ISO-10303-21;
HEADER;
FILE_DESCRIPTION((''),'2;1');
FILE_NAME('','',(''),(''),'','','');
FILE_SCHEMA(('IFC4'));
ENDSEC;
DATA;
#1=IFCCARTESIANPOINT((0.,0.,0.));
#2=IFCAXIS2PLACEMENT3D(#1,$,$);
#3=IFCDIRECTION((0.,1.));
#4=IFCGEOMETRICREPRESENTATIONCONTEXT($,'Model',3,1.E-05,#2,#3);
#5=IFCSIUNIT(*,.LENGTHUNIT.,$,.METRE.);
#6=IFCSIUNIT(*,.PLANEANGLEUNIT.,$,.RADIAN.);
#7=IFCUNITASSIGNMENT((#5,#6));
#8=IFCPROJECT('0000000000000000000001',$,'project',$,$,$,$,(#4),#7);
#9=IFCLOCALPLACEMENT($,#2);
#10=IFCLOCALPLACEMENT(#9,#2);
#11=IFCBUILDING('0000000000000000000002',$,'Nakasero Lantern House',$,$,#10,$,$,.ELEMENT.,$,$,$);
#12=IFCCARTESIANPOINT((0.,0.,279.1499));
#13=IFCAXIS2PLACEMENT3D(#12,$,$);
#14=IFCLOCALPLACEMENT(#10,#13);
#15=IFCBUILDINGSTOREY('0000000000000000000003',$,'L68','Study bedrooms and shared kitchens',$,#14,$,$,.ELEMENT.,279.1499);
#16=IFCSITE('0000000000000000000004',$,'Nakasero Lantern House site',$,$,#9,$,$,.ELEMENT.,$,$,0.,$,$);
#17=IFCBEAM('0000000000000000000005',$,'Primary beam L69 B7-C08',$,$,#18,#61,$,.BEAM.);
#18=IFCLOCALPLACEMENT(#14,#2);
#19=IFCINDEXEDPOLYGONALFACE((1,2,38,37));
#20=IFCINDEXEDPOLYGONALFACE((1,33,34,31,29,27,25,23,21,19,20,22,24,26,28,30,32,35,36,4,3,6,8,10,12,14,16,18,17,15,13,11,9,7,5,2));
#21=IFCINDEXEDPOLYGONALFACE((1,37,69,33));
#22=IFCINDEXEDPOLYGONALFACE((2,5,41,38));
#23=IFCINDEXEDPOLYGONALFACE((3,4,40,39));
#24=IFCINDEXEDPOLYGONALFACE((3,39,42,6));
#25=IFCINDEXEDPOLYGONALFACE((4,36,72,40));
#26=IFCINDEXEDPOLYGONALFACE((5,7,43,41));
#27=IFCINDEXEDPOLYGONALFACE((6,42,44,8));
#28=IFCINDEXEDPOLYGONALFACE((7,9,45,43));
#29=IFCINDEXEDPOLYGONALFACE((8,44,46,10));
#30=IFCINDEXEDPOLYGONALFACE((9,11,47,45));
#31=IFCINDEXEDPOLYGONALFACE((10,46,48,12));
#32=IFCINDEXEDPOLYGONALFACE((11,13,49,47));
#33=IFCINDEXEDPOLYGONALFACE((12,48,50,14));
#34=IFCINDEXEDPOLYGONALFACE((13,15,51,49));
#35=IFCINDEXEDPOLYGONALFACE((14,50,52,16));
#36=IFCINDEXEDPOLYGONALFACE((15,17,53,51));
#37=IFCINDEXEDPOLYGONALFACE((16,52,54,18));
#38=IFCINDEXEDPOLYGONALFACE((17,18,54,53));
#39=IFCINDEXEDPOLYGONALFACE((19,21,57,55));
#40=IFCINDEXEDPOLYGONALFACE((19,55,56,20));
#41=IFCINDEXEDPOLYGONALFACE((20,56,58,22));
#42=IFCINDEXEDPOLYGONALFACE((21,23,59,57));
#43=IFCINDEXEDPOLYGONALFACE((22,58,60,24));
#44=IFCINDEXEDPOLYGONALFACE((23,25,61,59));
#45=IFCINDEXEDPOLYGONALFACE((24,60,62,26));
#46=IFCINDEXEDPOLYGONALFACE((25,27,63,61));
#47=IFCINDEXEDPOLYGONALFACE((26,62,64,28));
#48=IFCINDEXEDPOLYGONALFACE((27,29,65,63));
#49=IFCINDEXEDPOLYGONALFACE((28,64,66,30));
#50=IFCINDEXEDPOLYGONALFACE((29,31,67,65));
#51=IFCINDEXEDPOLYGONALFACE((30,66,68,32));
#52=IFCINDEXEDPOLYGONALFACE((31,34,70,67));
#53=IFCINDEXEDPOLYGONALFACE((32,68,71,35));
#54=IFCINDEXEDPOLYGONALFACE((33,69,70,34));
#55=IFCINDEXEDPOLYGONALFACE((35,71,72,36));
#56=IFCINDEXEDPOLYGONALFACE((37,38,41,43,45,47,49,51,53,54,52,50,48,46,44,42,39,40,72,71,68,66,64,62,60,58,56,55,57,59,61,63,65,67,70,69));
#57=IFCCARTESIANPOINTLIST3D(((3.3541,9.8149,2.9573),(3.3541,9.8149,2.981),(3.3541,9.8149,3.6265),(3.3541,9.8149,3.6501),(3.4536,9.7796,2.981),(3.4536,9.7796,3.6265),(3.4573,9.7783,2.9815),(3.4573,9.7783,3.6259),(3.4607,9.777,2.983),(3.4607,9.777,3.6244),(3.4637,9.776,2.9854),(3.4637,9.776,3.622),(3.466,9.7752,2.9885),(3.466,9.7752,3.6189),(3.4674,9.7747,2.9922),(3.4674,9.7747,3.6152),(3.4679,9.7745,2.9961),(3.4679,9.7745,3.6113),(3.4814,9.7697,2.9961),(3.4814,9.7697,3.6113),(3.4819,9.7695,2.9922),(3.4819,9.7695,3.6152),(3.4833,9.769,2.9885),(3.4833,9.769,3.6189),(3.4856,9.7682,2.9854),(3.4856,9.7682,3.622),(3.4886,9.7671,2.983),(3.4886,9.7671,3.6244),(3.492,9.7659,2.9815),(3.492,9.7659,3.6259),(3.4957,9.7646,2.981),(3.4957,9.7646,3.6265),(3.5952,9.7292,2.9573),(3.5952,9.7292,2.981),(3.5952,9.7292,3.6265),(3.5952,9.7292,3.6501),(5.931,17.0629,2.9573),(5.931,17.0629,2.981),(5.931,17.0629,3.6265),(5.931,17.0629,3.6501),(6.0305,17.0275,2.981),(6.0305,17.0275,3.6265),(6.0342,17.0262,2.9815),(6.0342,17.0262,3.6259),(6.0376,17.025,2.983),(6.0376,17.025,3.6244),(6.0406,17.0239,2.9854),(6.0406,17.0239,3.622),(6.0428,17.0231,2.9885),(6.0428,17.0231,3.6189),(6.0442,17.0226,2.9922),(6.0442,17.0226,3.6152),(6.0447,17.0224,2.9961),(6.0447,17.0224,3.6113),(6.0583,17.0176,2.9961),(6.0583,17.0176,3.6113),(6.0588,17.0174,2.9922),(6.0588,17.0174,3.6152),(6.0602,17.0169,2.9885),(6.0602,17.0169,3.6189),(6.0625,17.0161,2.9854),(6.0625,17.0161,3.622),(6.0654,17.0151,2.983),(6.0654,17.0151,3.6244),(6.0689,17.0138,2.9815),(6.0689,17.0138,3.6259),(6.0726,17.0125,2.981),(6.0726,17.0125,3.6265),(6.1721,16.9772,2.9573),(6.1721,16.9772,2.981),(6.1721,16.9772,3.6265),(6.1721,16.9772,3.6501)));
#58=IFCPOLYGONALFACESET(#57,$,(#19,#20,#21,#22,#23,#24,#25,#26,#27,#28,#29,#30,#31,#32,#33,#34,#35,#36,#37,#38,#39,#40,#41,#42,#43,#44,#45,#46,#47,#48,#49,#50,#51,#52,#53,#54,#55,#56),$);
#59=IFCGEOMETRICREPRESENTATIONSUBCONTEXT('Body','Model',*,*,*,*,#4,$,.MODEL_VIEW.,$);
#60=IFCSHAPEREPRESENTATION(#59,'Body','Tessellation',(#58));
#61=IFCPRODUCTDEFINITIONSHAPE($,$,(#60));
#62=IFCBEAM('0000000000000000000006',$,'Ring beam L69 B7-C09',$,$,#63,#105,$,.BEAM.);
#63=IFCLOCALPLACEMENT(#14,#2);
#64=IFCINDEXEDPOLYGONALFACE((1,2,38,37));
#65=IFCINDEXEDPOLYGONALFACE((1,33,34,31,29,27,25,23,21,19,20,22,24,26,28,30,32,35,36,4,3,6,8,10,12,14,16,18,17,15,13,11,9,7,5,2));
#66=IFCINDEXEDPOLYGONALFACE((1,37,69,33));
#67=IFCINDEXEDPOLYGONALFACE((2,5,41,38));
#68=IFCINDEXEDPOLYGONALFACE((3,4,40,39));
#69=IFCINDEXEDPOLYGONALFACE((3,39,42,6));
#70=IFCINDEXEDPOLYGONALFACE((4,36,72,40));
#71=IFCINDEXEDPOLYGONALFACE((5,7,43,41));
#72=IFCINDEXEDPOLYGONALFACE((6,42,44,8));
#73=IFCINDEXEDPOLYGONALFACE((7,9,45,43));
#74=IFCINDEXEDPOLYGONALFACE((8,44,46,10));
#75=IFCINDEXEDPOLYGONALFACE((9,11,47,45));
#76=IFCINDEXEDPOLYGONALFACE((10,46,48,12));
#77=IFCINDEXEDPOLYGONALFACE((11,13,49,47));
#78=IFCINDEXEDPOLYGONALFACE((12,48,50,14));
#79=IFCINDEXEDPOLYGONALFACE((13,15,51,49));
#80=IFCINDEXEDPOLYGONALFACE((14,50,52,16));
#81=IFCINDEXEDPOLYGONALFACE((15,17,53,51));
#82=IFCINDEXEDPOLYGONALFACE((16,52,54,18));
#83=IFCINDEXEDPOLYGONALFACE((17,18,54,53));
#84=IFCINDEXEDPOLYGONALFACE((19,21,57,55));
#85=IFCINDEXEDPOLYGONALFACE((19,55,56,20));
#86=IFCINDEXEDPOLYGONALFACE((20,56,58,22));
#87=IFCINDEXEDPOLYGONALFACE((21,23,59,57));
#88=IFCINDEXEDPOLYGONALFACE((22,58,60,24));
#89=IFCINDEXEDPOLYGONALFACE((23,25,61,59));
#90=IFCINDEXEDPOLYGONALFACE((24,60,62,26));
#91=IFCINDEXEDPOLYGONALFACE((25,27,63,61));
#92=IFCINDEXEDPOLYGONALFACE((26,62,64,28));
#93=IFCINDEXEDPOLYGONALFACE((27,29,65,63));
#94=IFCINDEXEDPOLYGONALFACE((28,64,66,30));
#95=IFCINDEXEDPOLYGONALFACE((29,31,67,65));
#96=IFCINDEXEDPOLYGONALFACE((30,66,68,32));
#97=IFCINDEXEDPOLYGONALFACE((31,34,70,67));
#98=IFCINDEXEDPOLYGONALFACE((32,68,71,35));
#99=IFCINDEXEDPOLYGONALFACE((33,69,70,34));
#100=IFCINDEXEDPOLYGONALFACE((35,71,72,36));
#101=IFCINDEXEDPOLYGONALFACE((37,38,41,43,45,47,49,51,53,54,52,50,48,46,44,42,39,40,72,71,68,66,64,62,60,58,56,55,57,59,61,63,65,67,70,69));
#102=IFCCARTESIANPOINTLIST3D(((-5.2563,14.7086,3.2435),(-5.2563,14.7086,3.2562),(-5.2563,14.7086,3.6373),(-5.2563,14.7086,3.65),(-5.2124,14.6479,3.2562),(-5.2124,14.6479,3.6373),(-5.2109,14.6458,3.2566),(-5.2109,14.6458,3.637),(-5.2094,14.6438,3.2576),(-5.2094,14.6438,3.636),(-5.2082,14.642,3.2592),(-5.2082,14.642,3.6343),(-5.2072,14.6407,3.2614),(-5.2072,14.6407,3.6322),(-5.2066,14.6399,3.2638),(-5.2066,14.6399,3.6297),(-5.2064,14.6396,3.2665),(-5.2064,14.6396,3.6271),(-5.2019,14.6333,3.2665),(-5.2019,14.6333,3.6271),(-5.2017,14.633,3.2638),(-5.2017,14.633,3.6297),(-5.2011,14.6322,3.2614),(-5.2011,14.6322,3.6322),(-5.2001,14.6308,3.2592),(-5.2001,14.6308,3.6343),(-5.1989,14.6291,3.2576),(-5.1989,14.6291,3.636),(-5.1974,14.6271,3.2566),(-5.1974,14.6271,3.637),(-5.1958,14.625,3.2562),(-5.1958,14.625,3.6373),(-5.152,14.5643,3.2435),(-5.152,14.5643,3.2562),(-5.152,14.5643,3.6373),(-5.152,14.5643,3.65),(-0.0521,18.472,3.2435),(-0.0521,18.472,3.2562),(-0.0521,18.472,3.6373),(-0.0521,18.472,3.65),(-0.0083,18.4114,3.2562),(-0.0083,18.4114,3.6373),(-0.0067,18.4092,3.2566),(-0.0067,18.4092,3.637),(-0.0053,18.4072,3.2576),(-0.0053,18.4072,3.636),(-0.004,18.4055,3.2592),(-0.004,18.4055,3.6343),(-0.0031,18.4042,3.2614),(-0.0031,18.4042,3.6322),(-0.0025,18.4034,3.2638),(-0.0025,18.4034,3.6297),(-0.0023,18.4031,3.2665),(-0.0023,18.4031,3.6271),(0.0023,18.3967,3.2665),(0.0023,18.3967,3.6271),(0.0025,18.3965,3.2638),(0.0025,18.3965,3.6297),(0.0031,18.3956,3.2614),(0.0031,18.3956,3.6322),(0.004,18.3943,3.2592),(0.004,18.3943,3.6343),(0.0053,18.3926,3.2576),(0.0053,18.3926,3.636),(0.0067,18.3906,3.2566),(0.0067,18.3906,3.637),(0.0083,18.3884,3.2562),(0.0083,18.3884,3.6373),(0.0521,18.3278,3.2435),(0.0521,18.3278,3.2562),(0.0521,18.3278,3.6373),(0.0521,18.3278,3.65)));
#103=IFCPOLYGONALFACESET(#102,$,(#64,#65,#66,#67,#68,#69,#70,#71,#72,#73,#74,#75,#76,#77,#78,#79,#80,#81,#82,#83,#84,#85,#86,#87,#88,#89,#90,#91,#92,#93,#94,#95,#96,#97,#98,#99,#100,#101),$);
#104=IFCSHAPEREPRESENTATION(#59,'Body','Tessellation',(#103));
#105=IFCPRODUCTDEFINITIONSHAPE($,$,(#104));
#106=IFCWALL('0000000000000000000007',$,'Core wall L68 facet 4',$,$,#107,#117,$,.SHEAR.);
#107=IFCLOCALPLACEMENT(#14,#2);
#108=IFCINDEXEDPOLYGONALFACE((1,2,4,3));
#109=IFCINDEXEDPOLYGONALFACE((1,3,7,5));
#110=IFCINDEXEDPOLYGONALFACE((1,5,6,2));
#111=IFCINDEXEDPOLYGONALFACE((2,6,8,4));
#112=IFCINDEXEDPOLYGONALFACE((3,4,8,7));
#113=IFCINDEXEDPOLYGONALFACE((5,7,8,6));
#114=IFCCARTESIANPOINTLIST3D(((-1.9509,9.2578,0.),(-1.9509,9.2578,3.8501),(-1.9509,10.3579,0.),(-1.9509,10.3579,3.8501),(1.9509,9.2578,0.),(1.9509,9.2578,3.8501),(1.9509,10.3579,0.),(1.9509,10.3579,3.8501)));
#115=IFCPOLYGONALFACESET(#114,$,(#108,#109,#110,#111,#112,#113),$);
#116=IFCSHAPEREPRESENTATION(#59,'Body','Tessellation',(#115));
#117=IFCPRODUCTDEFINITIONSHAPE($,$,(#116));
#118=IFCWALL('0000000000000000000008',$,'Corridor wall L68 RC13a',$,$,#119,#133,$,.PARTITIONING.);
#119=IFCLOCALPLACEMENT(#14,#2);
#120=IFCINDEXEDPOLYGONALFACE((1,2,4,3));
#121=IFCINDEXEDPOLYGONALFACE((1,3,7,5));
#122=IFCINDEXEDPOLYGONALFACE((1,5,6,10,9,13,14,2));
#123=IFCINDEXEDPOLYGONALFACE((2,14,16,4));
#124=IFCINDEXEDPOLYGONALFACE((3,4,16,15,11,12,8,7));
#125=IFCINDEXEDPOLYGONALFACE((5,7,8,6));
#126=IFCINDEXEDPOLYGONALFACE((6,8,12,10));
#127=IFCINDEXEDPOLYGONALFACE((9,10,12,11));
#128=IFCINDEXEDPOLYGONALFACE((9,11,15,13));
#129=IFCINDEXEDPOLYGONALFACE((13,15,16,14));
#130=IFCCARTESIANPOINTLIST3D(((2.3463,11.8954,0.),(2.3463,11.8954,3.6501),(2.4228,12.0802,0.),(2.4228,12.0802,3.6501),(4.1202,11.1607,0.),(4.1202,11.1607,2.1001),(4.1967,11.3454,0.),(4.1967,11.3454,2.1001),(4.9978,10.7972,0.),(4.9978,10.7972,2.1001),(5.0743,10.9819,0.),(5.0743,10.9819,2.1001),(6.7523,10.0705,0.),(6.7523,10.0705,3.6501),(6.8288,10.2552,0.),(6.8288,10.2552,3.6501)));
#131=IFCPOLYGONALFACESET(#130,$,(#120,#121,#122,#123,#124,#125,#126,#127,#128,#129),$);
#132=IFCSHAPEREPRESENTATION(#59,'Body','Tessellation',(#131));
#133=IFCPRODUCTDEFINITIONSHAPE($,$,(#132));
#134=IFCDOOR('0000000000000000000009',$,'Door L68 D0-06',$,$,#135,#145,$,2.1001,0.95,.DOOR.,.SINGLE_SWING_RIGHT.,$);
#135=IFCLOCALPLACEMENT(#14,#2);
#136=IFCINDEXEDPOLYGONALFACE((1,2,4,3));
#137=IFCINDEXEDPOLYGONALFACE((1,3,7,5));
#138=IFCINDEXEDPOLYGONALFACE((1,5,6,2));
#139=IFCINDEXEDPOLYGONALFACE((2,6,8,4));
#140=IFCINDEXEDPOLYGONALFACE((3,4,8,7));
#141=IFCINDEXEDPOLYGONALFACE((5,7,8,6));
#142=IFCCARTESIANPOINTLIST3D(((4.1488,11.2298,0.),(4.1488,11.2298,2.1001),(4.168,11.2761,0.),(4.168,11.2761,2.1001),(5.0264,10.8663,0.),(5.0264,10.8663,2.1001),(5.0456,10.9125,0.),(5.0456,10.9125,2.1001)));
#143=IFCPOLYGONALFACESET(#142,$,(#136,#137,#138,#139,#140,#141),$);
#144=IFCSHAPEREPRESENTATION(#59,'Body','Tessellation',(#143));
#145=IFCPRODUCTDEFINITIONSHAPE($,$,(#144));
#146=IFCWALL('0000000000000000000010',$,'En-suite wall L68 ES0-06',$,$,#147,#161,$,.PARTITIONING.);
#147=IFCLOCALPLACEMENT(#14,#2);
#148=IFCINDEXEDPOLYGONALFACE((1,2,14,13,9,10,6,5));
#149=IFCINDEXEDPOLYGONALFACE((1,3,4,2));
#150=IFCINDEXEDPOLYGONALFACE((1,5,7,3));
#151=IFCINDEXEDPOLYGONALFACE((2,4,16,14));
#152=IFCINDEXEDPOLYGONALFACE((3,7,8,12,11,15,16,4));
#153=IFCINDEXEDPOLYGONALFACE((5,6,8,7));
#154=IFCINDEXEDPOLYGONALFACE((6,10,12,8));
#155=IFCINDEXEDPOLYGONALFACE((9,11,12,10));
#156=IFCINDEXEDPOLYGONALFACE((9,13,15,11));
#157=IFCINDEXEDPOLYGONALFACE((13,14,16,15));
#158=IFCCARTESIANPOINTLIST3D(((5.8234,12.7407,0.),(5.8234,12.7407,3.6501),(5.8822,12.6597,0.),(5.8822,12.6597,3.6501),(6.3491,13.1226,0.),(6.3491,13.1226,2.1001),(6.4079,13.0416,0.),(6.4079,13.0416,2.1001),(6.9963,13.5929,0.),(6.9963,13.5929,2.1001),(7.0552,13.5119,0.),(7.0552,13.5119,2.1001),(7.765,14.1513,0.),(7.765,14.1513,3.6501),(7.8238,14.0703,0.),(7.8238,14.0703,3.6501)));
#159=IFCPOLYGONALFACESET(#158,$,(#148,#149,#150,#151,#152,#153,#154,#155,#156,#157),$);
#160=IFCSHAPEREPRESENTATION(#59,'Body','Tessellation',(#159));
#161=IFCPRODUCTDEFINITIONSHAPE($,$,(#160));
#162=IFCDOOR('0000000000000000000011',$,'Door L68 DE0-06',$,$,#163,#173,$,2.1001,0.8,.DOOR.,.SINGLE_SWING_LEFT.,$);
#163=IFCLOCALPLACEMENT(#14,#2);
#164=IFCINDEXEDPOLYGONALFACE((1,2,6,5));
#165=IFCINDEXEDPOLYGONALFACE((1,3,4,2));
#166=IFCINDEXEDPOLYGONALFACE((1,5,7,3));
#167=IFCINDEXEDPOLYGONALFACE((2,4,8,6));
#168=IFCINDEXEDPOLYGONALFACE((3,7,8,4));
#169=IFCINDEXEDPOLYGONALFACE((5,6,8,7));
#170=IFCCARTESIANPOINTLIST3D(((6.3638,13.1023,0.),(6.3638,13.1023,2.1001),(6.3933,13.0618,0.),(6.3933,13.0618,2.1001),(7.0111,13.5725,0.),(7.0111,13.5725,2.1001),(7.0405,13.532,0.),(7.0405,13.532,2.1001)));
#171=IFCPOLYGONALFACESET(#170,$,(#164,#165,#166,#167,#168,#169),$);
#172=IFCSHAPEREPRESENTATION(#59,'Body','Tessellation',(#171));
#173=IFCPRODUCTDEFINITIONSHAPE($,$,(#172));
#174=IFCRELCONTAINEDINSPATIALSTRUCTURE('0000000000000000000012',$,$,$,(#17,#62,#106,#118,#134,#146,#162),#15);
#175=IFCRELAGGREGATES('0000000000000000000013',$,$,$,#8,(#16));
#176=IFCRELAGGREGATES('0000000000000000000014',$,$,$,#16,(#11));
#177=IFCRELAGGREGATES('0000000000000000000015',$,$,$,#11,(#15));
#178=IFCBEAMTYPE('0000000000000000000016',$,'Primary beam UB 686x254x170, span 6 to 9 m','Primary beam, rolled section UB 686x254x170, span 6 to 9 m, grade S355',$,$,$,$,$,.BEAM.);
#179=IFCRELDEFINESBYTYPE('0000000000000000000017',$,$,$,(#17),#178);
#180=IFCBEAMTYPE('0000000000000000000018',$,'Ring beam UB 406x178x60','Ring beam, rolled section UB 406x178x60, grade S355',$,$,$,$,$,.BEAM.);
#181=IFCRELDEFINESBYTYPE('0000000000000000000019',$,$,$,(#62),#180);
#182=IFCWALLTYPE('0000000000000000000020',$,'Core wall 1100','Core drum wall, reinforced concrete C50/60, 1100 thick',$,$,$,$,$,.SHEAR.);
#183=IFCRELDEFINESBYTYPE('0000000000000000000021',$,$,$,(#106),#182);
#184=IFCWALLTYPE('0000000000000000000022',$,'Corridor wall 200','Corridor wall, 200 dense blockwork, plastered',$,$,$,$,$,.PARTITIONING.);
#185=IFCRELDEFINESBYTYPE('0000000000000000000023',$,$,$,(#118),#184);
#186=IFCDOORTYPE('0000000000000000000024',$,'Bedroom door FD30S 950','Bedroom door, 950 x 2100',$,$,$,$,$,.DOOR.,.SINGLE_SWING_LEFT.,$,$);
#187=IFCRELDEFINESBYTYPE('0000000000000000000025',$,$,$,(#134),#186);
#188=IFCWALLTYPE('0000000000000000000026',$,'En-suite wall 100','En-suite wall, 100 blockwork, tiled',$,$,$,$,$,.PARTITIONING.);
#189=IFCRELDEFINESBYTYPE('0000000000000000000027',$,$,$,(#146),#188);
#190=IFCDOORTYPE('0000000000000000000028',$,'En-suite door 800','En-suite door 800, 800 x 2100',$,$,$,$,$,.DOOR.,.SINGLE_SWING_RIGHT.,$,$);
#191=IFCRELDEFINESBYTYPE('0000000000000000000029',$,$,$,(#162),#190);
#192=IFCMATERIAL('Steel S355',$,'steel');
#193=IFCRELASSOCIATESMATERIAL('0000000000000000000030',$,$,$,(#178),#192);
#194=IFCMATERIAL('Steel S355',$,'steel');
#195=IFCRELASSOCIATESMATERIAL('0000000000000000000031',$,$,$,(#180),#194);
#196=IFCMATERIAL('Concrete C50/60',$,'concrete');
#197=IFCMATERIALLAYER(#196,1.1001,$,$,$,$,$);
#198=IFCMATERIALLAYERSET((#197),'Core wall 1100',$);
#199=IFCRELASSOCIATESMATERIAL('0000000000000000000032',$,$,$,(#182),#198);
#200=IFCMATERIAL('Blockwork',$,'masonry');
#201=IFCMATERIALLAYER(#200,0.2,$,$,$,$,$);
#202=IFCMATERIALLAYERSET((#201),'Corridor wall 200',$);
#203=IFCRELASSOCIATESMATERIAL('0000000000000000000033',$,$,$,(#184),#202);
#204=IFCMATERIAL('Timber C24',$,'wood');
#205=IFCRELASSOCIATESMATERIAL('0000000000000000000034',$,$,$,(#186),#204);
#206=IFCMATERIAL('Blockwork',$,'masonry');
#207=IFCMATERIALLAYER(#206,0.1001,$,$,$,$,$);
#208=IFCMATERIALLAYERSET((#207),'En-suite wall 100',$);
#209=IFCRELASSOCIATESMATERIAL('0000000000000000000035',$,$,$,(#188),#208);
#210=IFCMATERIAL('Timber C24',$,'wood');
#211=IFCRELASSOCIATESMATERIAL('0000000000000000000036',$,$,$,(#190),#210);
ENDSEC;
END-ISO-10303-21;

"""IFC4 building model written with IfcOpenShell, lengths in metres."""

from ifc_helpers import new_model, si_unit, direction, frame, frame_2d, origin, origin_2d, place, context, subcontext, project, spatial, rectangle, i_section, extrude, material, layer, layer_set, material_profile, profile_set, type_object, element, fill, save


model = new_model("IFC4")

# Units and contexts
model_context = context("Model", 3, precision=1e-05, world=origin(), true_north=direction((0.0, 1.0)))
body_context = subcontext(model_context, "Body", "Model", "MODEL_VIEW")
ifc_project = project(units=[si_unit("LENGTHUNIT", "METRE"), si_unit("PLANEANGLEUNIT", "RADIAN")], contexts=[model_context])

# Site, building, storey
site_placement = place(None, origin())
site = spatial("IfcSite", under=ifc_project, at=site_placement, Name="Nakasero Lantern House site", CompositionType="ELEMENT", RefElevation=0.0)
building_placement = place(site_placement, origin())
building = spatial("IfcBuilding", under=site, at=building_placement, Name="Nakasero Lantern House", CompositionType="ELEMENT")
storey_placement = place(building_placement, frame((0.0, 0.0, 279.1499)))
storey = spatial("IfcBuildingStorey", under=building, at=storey_placement, Name="L68", Description="Study bedrooms and shared kitchens", CompositionType="ELEMENT", Elevation=279.1499)

# Beams
ifc_material_1 = material(Name="Steel S355", Category="steel")
ifc_material_profile_1 = material_profile(ifc_material_1, i_section(OverallWidth=0.2559, OverallDepth=0.6929, WebThickness=0.0144, FlangeThickness=0.0237, FilletRadius=0.0151, at=origin_2d()), Name="UB 686x254x170")
ifc_profile_set_1 = profile_set([ifc_material_profile_1], Name="Steel S355")
beam_type_1 = type_object("IfcBeamType", Name="Primary beam UB 686x254x170, span 6 to 9 m", Description="Primary beam, rolled section UB 686x254x170, span 6 to 9 m, grade S355", PredefinedType="BEAM", material=ifc_profile_set_1)
beam_1_placement = place(storey_placement, frame((6.0515, 17.02, 3.3037), z_axis=(-0.334989, -0.942222, 0.0), x_axis=(0.942222, -0.334989, 0.0)))
element("IfcBeam", 1, at=beam_1_placement, inside=storey, type_object=beam_type_1, Name="Primary beam L69 B7-C08", PredefinedType="BEAM", context=body_context, shape_type="SweptSolid", body=[
    extrude(i_section(OverallWidth=0.2559, OverallDepth=0.6929, WebThickness=0.0144, FlangeThickness=0.0237, FilletRadius=0.0151, at=origin_2d()), origin(), (0.0, 0.0, 1.0), 7.6924),
])
ifc_material_2 = material(Name="Steel S355", Category="steel")
ifc_material_profile_2 = material_profile(ifc_material_2, i_section(OverallWidth=0.178, OverallDepth=0.4065, WebThickness=0.0078, FlangeThickness=0.0127, FilletRadius=0.0103, at=origin_2d()), Name="UB 406x178x60")
ifc_profile_set_2 = profile_set([ifc_material_profile_2], Name="Steel S355")
beam_type_2 = type_object("IfcBeamType", Name="Ring beam UB 406x178x60", Description="Ring beam, rolled section UB 406x178x60, grade S355", PredefinedType="BEAM", material=ifc_profile_set_2)
beam_2_placement = place(storey_placement, frame((0.0, 18.3999, 3.4468), z_axis=(-0.810316, -0.585993, 0.0), x_axis=(0.585993, -0.810316, 0.0)))
element("IfcBeam", 2, at=beam_2_placement, inside=storey, type_object=beam_type_2, Name="Ring beam L69 B7-C09", PredefinedType="BEAM", context=body_context, shape_type="SweptSolid", body=[
    extrude(i_section(OverallWidth=0.178, OverallDepth=0.4065, WebThickness=0.0078, FlangeThickness=0.0127, FilletRadius=0.0103, at=origin_2d()), origin(), (0.0, 0.0, 1.0), 6.4224),
])

# Wall
ifc_material_3 = material(Name="Concrete C50/60", Category="concrete")
ifc_layer_1 = layer(ifc_material_3, 1.1001)
ifc_layer_set_1 = layer_set([ifc_layer_1], Name="Core wall 1100")
wall_type_1 = type_object("IfcWallType", Name="Core wall 1100", Description="Core drum wall, reinforced concrete C50/60, 1100 thick", PredefinedType="SHEAR", material=ifc_layer_set_1)
wall_1_placement = place(storey_placement, frame((1.9509, 9.8079, 0.0), z_axis=(0.0, 0.0, 1.0), x_axis=(-1.0, 0.0, 0.0)))
element("IfcWall", 3, at=wall_1_placement, inside=storey, type_object=wall_type_1, Name="Core wall L68 facet 4", PredefinedType="SHEAR", context=body_context, shape_type="SweptSolid", body=[
    extrude(rectangle(XDim=3.9019, YDim=1.1001, at=frame_2d((1.9509, 0.0))), origin(), (0.0, 0.0, 1.0), 3.8501),
])

# Walls, openings, doors
ifc_material_4 = material(Name="Blockwork", Category="masonry")
ifc_layer_2 = layer(ifc_material_4, 0.2)
ifc_layer_set_2 = layer_set([ifc_layer_2], Name="Corridor wall 200")
wall_type_2 = type_object("IfcWallType", Name="Corridor wall 200", Description="Corridor wall, 200 dense blockwork, plastered", PredefinedType="PARTITIONING", material=ifc_layer_set_2)
wall_2_placement = place(storey_placement, frame((2.3845, 11.9878, 0.0), z_axis=(0.0, 0.0, 1.0), x_axis=(0.923885, -0.38267, 0.0)))
wall_2 = element("IfcWall", 4, at=wall_2_placement, inside=storey, type_object=wall_type_2, Name="Corridor wall L68 RC13a", PredefinedType="PARTITIONING", context=body_context, shape_type="SweptSolid", body=[
    extrude(rectangle(XDim=4.769, YDim=0.2, at=frame_2d((2.3845, 0.0))), origin(), (0.0, 0.0, 1.0), 3.6501),
])
opening_1_placement = place(wall_2_placement, frame((1.9199, 0.0, 0.0)))
opening_1 = element("IfcOpeningElement", 5, at=opening_1_placement, cuts=wall_2, PredefinedType="OPENING", context=body_context, shape_type="SweptSolid", body=[
    extrude(rectangle(XDim=0.95, YDim=2.1001, at=frame_2d((0.4751, 1.05))), frame((0.0, 0.1199, 0.0), z_axis=(0.0, -1.0, 0.0), x_axis=(1.0, 0.0, 0.0)), (0.0, 0.0, 1.0), 0.24),
])
ifc_material_5 = material(Name="Timber C24", Category="wood")
door_type_1 = type_object("IfcDoorType", Name="Bedroom door FD30S 950", Description="Bedroom door, 950 x 2100", OperationType="SINGLE_SWING_LEFT", PredefinedType="DOOR", material=ifc_material_5)
door_1_placement = place(opening_1_placement, origin())
door_1 = element("IfcDoor", 6, at=door_1_placement, inside=storey, type_object=door_type_1, Name="Door L68 D0-06", OperationType="SINGLE_SWING_RIGHT", OverallHeight=2.1001, OverallWidth=0.95, PredefinedType="DOOR", context=body_context, shape_type="SweptSolid", body=[
    extrude(rectangle(XDim=0.95, YDim=2.1001, at=frame_2d((0.4751, 1.05))), frame((0.0, 0.0249, 0.0), z_axis=(0.0, -1.0, 0.0), x_axis=(1.0, 0.0, 0.0)), (0.0, 0.0, 1.0), 0.05),
])
fill(opening_1, door_1)
ifc_material_6 = material(Name="Blockwork", Category="masonry")
ifc_layer_3 = layer(ifc_material_6, 0.1001)
ifc_layer_set_3 = layer_set([ifc_layer_3], Name="En-suite wall 100")
wall_type_3 = type_object("IfcWallType", Name="En-suite wall 100", Description="En-suite wall, 100 blockwork, tiled", PredefinedType="PARTITIONING", material=ifc_layer_set_3)
wall_3_placement = place(storey_placement, frame((5.8528, 12.7002, 0.0), z_axis=(0.0, 0.0, 1.0), x_axis=(0.809026, 0.587772, 0.0)))
wall_3 = element("IfcWall", 7, at=wall_3_placement, inside=storey, type_object=wall_type_3, Name="En-suite wall L68 ES0-06", PredefinedType="PARTITIONING", context=body_context, shape_type="SweptSolid", body=[
    extrude(rectangle(XDim=2.3999, YDim=0.1001, at=frame_2d((1.2, 0.0))), origin(), (0.0, 0.0, 1.0), 3.6501),
])
opening_2_placement = place(wall_3_placement, frame((0.6499, 0.0, 0.0)))
opening_2 = element("IfcOpeningElement", 8, at=opening_2_placement, cuts=wall_3, PredefinedType="OPENING", context=body_context, shape_type="SweptSolid", body=[
    extrude(rectangle(XDim=0.8, YDim=2.1001, at=frame_2d((0.3999, 1.05))), frame((0.0, 0.0701, 0.0), z_axis=(0.0, -1.0, 0.0), x_axis=(1.0, 0.0, 0.0)), (0.0, 0.0, 1.0), 0.1401),
])
ifc_material_7 = material(Name="Timber C24", Category="wood")
door_type_2 = type_object("IfcDoorType", Name="En-suite door 800", Description="En-suite door 800, 800 x 2100", OperationType="SINGLE_SWING_RIGHT", PredefinedType="DOOR", material=ifc_material_7)
door_2_placement = place(opening_2_placement, origin())
door_2 = element("IfcDoor", 9, at=door_2_placement, inside=storey, type_object=door_type_2, Name="Door L68 DE0-06", OperationType="SINGLE_SWING_LEFT", OverallHeight=2.1001, OverallWidth=0.8, PredefinedType="DOOR", context=body_context, shape_type="SweptSolid", body=[
    extrude(rectangle(XDim=0.8, YDim=2.1001, at=frame_2d((0.3999, 1.05))), frame((0.0, 0.0249, 0.0), z_axis=(0.0, -1.0, 0.0), x_axis=(1.0, 0.0, 0.0)), (0.0, 0.0, 1.0), 0.05),
])
fill(opening_2, door_2)

save(model, "model.ifc")
